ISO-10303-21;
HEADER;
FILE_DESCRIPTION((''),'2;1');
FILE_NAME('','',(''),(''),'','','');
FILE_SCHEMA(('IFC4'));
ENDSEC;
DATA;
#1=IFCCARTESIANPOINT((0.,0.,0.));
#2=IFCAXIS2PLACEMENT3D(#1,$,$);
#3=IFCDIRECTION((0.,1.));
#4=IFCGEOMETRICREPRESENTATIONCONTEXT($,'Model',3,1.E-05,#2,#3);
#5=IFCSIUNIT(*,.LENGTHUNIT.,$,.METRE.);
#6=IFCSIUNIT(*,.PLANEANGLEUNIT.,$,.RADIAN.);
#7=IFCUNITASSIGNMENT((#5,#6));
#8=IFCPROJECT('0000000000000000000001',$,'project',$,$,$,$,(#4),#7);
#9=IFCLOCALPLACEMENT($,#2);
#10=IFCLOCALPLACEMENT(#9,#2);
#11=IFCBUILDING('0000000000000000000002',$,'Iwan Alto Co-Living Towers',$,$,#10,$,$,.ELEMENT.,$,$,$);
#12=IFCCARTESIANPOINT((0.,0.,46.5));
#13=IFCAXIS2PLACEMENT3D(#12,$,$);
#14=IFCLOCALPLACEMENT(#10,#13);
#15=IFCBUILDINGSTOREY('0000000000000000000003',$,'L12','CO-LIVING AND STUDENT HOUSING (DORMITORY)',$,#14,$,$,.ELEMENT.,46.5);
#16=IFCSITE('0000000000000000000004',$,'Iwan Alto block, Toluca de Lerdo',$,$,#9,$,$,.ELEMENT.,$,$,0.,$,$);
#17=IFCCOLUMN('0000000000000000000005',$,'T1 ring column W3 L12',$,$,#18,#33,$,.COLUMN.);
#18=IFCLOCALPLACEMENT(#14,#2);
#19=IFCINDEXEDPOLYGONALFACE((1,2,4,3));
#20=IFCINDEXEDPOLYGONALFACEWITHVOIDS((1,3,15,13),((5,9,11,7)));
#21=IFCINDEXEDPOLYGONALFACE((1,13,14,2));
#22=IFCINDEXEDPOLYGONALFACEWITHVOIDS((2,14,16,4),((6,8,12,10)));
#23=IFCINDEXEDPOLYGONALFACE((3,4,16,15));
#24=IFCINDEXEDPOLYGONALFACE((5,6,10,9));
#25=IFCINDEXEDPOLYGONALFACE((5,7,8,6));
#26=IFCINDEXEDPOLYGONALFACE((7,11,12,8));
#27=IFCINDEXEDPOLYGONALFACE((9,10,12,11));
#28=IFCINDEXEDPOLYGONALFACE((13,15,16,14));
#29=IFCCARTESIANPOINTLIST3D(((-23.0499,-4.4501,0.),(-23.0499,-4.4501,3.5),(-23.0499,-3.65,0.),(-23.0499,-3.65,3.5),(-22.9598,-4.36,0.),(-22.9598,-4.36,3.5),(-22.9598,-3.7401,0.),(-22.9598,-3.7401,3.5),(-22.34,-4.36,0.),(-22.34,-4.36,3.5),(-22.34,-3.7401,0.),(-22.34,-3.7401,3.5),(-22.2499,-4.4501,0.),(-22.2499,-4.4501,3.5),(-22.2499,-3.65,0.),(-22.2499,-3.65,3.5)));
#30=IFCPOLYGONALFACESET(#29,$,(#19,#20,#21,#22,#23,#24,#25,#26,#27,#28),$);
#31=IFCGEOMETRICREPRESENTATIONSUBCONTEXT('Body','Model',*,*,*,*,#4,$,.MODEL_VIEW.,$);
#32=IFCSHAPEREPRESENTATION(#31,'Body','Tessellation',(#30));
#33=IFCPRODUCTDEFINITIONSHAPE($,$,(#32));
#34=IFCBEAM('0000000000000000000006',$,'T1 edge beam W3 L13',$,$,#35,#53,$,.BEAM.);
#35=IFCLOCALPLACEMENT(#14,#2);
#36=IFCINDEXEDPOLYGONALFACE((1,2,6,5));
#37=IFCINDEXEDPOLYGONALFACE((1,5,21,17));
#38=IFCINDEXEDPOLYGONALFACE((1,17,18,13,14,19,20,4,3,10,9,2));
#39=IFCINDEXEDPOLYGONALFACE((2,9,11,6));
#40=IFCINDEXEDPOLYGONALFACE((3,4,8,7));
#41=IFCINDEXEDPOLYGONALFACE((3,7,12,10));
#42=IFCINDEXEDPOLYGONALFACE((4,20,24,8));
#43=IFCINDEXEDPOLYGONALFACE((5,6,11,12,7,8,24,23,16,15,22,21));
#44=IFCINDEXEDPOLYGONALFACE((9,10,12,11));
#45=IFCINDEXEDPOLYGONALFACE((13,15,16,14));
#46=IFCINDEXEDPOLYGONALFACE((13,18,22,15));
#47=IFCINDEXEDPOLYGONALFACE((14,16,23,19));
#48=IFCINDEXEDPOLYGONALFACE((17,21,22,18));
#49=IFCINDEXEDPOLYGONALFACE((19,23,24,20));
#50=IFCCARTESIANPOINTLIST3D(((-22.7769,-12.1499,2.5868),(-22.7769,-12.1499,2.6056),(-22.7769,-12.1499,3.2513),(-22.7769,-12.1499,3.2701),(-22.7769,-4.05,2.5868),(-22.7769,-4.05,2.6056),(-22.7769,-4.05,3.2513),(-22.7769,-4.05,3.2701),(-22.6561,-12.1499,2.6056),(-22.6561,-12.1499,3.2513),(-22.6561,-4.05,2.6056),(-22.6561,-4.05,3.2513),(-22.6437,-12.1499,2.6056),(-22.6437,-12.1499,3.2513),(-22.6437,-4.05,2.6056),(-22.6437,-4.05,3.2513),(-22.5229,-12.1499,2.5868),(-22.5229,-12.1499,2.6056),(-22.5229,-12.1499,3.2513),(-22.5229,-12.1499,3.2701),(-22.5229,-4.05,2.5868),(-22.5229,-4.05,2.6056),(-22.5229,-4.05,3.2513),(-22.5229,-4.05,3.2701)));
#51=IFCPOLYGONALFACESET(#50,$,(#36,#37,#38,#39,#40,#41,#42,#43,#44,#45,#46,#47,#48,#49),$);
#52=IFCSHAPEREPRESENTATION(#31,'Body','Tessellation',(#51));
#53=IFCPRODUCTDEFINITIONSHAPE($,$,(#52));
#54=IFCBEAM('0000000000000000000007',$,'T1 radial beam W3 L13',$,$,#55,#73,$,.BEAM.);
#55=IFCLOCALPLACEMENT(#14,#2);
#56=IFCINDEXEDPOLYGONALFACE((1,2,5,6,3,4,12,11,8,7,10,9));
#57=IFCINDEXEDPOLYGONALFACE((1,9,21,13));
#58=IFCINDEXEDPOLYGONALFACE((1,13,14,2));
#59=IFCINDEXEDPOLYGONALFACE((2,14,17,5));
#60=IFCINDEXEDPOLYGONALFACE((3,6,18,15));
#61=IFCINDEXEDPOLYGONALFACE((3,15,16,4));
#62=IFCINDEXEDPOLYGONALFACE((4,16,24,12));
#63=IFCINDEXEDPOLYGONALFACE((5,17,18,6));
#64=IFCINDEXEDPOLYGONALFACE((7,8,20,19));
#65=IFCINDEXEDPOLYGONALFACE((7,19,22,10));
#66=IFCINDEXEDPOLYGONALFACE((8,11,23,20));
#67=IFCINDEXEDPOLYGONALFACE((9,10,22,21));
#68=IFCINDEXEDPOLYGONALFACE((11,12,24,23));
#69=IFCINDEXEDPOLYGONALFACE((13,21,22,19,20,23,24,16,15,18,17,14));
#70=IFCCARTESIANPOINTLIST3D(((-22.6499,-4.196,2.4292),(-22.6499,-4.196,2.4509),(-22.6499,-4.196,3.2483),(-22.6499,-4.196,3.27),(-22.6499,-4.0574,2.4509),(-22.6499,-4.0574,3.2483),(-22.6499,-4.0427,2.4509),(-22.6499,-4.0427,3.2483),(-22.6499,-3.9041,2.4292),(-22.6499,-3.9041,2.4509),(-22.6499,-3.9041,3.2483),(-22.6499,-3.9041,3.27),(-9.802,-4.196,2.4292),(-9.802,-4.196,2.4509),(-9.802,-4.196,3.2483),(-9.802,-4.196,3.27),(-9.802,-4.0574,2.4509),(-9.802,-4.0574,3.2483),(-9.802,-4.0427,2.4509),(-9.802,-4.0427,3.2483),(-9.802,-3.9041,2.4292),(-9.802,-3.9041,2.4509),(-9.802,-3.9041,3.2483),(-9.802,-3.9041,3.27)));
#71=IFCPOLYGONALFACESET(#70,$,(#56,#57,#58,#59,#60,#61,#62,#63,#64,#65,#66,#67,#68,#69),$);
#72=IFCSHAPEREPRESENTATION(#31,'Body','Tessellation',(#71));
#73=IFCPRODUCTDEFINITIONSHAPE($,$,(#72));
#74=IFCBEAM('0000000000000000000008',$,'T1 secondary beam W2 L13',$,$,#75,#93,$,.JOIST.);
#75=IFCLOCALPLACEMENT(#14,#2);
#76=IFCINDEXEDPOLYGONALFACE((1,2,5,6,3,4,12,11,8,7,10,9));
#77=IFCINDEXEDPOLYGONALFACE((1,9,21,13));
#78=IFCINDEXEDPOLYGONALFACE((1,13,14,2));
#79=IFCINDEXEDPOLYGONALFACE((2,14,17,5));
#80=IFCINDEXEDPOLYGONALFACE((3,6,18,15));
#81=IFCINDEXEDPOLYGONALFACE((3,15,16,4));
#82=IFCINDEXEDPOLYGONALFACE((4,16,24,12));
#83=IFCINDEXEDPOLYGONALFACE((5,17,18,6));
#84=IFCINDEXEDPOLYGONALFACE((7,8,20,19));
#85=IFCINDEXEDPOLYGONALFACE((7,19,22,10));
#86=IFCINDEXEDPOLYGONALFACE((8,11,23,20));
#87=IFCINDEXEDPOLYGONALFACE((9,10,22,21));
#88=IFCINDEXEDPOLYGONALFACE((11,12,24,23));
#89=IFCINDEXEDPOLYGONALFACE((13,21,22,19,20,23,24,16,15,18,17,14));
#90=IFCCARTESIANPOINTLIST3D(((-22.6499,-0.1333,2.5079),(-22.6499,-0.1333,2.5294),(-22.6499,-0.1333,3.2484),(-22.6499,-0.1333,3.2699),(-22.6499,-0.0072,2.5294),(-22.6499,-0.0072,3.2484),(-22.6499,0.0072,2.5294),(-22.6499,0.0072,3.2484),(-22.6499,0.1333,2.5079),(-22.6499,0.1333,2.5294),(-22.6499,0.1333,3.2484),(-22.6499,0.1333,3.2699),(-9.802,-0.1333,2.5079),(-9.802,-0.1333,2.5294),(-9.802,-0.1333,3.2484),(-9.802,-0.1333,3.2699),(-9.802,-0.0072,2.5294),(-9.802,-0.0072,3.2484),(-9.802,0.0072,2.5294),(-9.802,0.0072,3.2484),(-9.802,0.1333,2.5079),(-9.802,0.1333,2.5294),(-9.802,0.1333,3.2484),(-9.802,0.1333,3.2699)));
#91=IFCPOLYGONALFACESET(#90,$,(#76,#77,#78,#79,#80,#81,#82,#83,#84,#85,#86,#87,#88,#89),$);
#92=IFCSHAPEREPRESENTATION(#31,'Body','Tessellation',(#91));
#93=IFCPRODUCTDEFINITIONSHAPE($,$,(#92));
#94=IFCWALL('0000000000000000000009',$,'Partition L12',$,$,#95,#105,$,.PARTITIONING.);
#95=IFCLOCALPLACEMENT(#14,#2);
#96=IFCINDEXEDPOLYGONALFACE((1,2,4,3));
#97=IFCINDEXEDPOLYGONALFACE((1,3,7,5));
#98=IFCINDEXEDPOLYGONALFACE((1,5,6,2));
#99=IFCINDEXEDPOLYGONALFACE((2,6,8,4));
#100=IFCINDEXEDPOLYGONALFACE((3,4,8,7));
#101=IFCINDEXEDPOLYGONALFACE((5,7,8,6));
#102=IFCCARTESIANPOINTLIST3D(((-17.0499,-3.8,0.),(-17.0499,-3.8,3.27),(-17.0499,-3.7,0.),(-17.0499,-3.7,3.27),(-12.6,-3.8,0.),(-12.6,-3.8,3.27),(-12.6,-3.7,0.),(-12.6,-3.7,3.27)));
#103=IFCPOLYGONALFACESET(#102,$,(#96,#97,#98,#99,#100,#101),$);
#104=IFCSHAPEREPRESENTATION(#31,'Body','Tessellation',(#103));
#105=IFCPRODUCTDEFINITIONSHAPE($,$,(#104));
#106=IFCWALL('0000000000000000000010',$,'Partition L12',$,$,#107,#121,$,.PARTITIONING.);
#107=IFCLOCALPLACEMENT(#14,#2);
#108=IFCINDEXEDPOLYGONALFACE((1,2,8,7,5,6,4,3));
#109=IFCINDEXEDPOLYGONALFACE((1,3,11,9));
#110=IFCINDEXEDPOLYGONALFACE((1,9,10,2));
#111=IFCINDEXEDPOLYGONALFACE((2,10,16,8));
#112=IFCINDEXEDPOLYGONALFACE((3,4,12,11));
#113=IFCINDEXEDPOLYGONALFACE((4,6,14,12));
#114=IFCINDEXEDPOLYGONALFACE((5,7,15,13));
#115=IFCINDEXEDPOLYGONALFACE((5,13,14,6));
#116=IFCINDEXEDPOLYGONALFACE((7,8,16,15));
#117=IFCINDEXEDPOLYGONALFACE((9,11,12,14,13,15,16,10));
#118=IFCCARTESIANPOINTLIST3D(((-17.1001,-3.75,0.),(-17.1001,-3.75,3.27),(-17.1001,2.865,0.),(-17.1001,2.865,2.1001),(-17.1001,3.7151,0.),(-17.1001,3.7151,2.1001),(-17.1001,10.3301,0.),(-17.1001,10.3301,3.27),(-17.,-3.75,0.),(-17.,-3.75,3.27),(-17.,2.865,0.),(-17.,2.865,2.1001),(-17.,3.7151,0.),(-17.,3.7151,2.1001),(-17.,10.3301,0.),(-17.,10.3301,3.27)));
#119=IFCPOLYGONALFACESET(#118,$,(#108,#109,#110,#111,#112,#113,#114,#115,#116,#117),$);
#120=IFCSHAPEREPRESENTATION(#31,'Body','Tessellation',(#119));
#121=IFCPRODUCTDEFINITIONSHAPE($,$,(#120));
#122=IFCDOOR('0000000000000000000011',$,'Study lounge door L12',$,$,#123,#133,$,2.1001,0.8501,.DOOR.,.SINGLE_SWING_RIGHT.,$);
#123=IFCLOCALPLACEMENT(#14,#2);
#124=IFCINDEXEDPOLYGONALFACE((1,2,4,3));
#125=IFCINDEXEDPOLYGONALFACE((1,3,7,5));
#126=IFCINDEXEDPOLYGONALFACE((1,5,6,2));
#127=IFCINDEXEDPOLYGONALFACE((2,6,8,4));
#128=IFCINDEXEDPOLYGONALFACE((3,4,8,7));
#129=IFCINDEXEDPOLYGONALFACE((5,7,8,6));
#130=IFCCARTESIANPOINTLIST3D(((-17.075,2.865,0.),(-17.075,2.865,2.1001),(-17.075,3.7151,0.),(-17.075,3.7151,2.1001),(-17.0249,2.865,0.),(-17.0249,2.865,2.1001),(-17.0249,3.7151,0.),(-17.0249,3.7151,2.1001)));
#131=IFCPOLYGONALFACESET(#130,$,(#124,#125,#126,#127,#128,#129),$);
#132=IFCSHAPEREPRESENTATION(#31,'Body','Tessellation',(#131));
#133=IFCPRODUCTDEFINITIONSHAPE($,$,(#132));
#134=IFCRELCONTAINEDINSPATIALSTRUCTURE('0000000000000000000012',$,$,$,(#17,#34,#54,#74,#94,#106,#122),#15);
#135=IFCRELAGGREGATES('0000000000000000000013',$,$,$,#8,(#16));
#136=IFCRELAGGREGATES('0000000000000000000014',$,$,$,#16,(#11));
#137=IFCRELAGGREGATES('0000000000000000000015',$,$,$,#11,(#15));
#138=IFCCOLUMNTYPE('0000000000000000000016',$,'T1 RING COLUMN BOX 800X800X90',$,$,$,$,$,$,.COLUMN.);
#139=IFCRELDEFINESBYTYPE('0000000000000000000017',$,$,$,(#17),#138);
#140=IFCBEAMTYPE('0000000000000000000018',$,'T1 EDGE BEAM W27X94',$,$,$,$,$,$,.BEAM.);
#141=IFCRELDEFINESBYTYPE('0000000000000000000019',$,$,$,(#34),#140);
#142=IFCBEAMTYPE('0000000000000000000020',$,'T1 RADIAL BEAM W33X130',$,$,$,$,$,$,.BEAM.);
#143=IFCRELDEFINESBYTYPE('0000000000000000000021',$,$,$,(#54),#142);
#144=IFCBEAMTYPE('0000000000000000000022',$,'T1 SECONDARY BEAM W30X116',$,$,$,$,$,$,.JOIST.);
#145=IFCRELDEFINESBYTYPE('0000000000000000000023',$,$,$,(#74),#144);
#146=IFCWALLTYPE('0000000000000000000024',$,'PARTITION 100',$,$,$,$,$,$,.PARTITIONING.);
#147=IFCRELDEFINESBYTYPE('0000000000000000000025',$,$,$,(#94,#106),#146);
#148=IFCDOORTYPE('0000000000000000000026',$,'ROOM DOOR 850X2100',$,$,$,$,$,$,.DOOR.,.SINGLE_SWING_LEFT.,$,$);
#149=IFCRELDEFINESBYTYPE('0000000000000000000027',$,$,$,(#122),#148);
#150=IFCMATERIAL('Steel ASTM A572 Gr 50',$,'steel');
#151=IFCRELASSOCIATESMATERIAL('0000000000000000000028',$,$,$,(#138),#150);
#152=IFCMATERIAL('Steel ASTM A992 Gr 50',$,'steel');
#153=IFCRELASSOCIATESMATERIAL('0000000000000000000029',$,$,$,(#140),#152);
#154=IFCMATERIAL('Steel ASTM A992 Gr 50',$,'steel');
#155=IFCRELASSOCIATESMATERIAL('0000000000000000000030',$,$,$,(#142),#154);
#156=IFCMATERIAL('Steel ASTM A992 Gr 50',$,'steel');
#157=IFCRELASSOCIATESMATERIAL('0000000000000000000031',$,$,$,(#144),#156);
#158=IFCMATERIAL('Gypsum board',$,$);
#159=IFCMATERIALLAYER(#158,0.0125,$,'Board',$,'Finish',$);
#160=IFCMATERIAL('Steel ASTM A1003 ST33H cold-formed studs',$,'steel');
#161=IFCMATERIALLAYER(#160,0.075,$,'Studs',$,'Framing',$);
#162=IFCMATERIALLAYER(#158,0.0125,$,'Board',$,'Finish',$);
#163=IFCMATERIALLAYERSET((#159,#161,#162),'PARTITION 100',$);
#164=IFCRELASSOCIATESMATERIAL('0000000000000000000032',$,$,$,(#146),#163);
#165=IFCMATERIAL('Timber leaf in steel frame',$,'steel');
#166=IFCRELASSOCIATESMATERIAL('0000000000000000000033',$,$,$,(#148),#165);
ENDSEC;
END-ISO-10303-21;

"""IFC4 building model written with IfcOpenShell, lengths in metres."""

from ifc_helpers import new_model, si_unit, direction, frame, frame_2d, origin, origin_2d, place, context, subcontext, project, spatial, rectangle, hollow_rectangle, i_section, extrude, material, layer, layer_set, material_profile, profile_set, type_object, element, fill, save


model = new_model("IFC4")

# Units and contexts
model_context = context("Model", 3, precision=1e-05, world=origin(), true_north=direction((0.0, 1.0)))
body_context = subcontext(model_context, "Body", "Model", "MODEL_VIEW")
ifc_project = project(units=[si_unit("LENGTHUNIT", "METRE"), si_unit("PLANEANGLEUNIT", "RADIAN")], contexts=[model_context])

# Site, building, storey
site_placement = place(None, origin())
site = spatial("IfcSite", under=ifc_project, at=site_placement, Name="Iwan Alto block, Toluca de Lerdo", CompositionType="ELEMENT", RefElevation=0.0)
building_placement = place(site_placement, origin())
building = spatial("IfcBuilding", under=site, at=building_placement, Name="Iwan Alto Co-Living Towers", CompositionType="ELEMENT")
storey_placement = place(building_placement, frame((0.0, 0.0, 46.5)))
storey = spatial("IfcBuildingStorey", under=building, at=storey_placement, Name="L12", Description="CO-LIVING AND STUDENT HOUSING (DORMITORY)", CompositionType="ELEMENT", Elevation=46.5)

# Column
ifc_material_1 = material(Name="Steel ASTM A572 Gr 50", Category="steel")
ifc_material_profile_1 = material_profile(ifc_material_1, hollow_rectangle(XDim=0.8, YDim=0.8, WallThickness=0.0901, at=origin_2d()), Name="BOX 800X800X90")
ifc_profile_set_1 = profile_set([ifc_material_profile_1], Name="Steel ASTM A572 Gr 50")
column_type = type_object("IfcColumnType", Name="T1 RING COLUMN BOX 800X800X90", PredefinedType="COLUMN", material=ifc_profile_set_1)
column_placement = place(storey_placement, frame((-22.6499, -4.05, 0.0), z_axis=(0.0, 0.0, 1.0), x_axis=(1.0, 0.0, 0.0)))
element("IfcColumn", 1, at=column_placement, inside=storey, type_object=column_type, Name="T1 ring column W3 L12", PredefinedType="COLUMN", context=body_context, shape_type="SweptSolid", body=[
    extrude(hollow_rectangle(XDim=0.8, YDim=0.8, WallThickness=0.0901, at=origin_2d()), origin(), (0.0, 0.0, 1.0), 3.5),
])

# Beams
ifc_material_2 = material(Name="Steel ASTM A992 Gr 50", Category="steel")
ifc_material_profile_2 = material_profile(ifc_material_2, i_section(OverallWidth=0.2539, OverallDepth=0.6833, WebThickness=0.0125, FlangeThickness=0.0188, at=origin_2d()), Name="W27X94")
ifc_profile_set_2 = profile_set([ifc_material_profile_2], Name="Steel ASTM A992 Gr 50")
beam_type_1 = type_object("IfcBeamType", Name="T1 EDGE BEAM W27X94", PredefinedType="BEAM", material=ifc_profile_set_2)
beam_1_placement = place(storey_placement, frame((-22.6499, -4.05, 2.9285), z_axis=(0.0, -1.0, 0.0), x_axis=(1.0, 0.0, 0.0)))
element("IfcBeam", 2, at=beam_1_placement, inside=storey, type_object=beam_type_1, Name="T1 edge beam W3 L13", PredefinedType="BEAM", context=body_context, shape_type="SweptSolid", body=[
    extrude(i_section(OverallWidth=0.2539, OverallDepth=0.6833, WebThickness=0.0125, FlangeThickness=0.0188, at=origin_2d()), origin(), (0.0, 0.0, 1.0), 8.0999),
])
ifc_material_3 = material(Name="Steel ASTM A992 Gr 50", Category="steel")
ifc_material_profile_3 = material_profile(ifc_material_3, i_section(OverallWidth=0.292, OverallDepth=0.8408, WebThickness=0.0146, FlangeThickness=0.0217, at=origin_2d()), Name="W33X130")
ifc_profile_set_3 = profile_set([ifc_material_profile_3], Name="Steel ASTM A992 Gr 50")
beam_type_2 = type_object("IfcBeamType", Name="T1 RADIAL BEAM W33X130", PredefinedType="BEAM", material=ifc_profile_set_3)
beam_2_placement = place(storey_placement, frame((-22.6499, -4.05, 2.8496), z_axis=(1.0, 0.0, 0.0), x_axis=(0.0, 1.0, 0.0)))
element("IfcBeam", 3, at=beam_2_placement, inside=storey, type_object=beam_type_2, Name="T1 radial beam W3 L13", PredefinedType="BEAM", context=body_context, shape_type="SweptSolid", body=[
    extrude(i_section(OverallWidth=0.292, OverallDepth=0.8408, WebThickness=0.0146, FlangeThickness=0.0217, at=origin_2d()), origin(), (0.0, 0.0, 1.0), 12.8479),
])
ifc_material_4 = material(Name="Steel ASTM A992 Gr 50", Category="steel")
ifc_material_profile_4 = material_profile(ifc_material_4, i_section(OverallWidth=0.2666, OverallDepth=0.762, WebThickness=0.0144, FlangeThickness=0.0215, at=origin_2d()), Name="W30X116")
ifc_profile_set_4 = profile_set([ifc_material_profile_4], Name="Steel ASTM A992 Gr 50")
beam_type_3 = type_object("IfcBeamType", Name="T1 SECONDARY BEAM W30X116", PredefinedType="JOIST", material=ifc_profile_set_4)
beam_3_placement = place(storey_placement, frame((-22.6499, 0.0, 2.8889), z_axis=(1.0, 0.0, 0.0), x_axis=(0.0, 1.0, 0.0)))
element("IfcBeam", 4, at=beam_3_placement, inside=storey, type_object=beam_type_3, Name="T1 secondary beam W2 L13", PredefinedType="JOIST", context=body_context, shape_type="SweptSolid", body=[
    extrude(i_section(OverallWidth=0.2666, OverallDepth=0.762, WebThickness=0.0144, FlangeThickness=0.0215, at=origin_2d()), origin(), (0.0, 0.0, 1.0), 12.8479),
])

# Wall
ifc_material_5 = material(Name="Gypsum board")
ifc_layer_1 = layer(ifc_material_5, 0.0125, Name="Board", Category="Finish")
ifc_material_6 = material(Name="Steel ASTM A1003 ST33H cold-formed studs", Category="steel")
ifc_layer_2 = layer(ifc_material_6, 0.075, Name="Studs", Category="Framing")
ifc_layer_3 = layer(ifc_material_5, 0.0125, Name="Board", Category="Finish")
ifc_layer_set_1 = layer_set([ifc_layer_1, ifc_layer_2, ifc_layer_3], Name="PARTITION 100")
wall_type_1 = type_object("IfcWallType", Name="PARTITION 100", PredefinedType="PARTITIONING", material=ifc_layer_set_1)
wall_1_placement = place(storey_placement, frame((-17.05, -3.75, 0.0), z_axis=(0.0, 0.0, 1.0), x_axis=(1.0, 0.0, 0.0)))
element("IfcWall", 5, at=wall_1_placement, inside=storey, type_object=wall_type_1, Name="Partition L12", PredefinedType="PARTITIONING", context=body_context, shape_type="SweptSolid", body=[
    extrude(rectangle(XDim=4.45, YDim=0.1001, at=frame_2d((2.2251, 0.0))), origin(), (0.0, 0.0, 1.0), 3.27),
])

# Wall, opening, door
wall_2_placement = place(storey_placement, frame((-17.05, -3.75, 0.0), z_axis=(0.0, 0.0, 1.0), x_axis=(0.0, 1.0, 0.0)))
wall_2 = element("IfcWall", 6, at=wall_2_placement, inside=storey, type_object=wall_type_1, Name="Partition L12", PredefinedType="PARTITIONING", context=body_context, shape_type="SweptSolid", body=[
    extrude(rectangle(XDim=14.0801, YDim=0.1001, at=frame_2d((7.04, 0.0))), origin(), (0.0, 0.0, 1.0), 3.27),
])
opening_1_placement = place(wall_2_placement, frame((6.615, 0.0, 0.0)))
opening_1 = element("IfcOpeningElement", 7, at=opening_1_placement, cuts=wall_2, PredefinedType="OPENING", context=body_context, shape_type="SweptSolid", body=[
    extrude(rectangle(XDim=0.8501, YDim=2.1001, at=frame_2d((0.425, 1.05))), frame((0.0, 0.0601, 0.0), z_axis=(0.0, -1.0, 0.0), x_axis=(1.0, 0.0, 0.0)), (0.0, 0.0, 1.0), 0.1201),
])
ifc_material_7 = material(Name="Timber leaf in steel frame", Category="steel")
door_type_1 = type_object("IfcDoorType", Name="ROOM DOOR 850X2100", OperationType="SINGLE_SWING_LEFT", PredefinedType="DOOR", material=ifc_material_7)
door_1_placement = place(opening_1_placement, origin())
door_1 = element("IfcDoor", 8, at=door_1_placement, inside=storey, type_object=door_type_1, Name="Study lounge door L12", OperationType="SINGLE_SWING_RIGHT", OverallHeight=2.1001, OverallWidth=0.8501, PredefinedType="DOOR", context=body_context, shape_type="SweptSolid", body=[
    extrude(rectangle(XDim=0.8501, YDim=2.1001, at=frame_2d((0.425, 1.05))), frame((0.0, 0.0249, 0.0), z_axis=(0.0, -1.0, 0.0), x_axis=(1.0, 0.0, 0.0)), (0.0, 0.0, 1.0), 0.05),
])
fill(opening_1, door_1)

save(model, "model.ifc")
